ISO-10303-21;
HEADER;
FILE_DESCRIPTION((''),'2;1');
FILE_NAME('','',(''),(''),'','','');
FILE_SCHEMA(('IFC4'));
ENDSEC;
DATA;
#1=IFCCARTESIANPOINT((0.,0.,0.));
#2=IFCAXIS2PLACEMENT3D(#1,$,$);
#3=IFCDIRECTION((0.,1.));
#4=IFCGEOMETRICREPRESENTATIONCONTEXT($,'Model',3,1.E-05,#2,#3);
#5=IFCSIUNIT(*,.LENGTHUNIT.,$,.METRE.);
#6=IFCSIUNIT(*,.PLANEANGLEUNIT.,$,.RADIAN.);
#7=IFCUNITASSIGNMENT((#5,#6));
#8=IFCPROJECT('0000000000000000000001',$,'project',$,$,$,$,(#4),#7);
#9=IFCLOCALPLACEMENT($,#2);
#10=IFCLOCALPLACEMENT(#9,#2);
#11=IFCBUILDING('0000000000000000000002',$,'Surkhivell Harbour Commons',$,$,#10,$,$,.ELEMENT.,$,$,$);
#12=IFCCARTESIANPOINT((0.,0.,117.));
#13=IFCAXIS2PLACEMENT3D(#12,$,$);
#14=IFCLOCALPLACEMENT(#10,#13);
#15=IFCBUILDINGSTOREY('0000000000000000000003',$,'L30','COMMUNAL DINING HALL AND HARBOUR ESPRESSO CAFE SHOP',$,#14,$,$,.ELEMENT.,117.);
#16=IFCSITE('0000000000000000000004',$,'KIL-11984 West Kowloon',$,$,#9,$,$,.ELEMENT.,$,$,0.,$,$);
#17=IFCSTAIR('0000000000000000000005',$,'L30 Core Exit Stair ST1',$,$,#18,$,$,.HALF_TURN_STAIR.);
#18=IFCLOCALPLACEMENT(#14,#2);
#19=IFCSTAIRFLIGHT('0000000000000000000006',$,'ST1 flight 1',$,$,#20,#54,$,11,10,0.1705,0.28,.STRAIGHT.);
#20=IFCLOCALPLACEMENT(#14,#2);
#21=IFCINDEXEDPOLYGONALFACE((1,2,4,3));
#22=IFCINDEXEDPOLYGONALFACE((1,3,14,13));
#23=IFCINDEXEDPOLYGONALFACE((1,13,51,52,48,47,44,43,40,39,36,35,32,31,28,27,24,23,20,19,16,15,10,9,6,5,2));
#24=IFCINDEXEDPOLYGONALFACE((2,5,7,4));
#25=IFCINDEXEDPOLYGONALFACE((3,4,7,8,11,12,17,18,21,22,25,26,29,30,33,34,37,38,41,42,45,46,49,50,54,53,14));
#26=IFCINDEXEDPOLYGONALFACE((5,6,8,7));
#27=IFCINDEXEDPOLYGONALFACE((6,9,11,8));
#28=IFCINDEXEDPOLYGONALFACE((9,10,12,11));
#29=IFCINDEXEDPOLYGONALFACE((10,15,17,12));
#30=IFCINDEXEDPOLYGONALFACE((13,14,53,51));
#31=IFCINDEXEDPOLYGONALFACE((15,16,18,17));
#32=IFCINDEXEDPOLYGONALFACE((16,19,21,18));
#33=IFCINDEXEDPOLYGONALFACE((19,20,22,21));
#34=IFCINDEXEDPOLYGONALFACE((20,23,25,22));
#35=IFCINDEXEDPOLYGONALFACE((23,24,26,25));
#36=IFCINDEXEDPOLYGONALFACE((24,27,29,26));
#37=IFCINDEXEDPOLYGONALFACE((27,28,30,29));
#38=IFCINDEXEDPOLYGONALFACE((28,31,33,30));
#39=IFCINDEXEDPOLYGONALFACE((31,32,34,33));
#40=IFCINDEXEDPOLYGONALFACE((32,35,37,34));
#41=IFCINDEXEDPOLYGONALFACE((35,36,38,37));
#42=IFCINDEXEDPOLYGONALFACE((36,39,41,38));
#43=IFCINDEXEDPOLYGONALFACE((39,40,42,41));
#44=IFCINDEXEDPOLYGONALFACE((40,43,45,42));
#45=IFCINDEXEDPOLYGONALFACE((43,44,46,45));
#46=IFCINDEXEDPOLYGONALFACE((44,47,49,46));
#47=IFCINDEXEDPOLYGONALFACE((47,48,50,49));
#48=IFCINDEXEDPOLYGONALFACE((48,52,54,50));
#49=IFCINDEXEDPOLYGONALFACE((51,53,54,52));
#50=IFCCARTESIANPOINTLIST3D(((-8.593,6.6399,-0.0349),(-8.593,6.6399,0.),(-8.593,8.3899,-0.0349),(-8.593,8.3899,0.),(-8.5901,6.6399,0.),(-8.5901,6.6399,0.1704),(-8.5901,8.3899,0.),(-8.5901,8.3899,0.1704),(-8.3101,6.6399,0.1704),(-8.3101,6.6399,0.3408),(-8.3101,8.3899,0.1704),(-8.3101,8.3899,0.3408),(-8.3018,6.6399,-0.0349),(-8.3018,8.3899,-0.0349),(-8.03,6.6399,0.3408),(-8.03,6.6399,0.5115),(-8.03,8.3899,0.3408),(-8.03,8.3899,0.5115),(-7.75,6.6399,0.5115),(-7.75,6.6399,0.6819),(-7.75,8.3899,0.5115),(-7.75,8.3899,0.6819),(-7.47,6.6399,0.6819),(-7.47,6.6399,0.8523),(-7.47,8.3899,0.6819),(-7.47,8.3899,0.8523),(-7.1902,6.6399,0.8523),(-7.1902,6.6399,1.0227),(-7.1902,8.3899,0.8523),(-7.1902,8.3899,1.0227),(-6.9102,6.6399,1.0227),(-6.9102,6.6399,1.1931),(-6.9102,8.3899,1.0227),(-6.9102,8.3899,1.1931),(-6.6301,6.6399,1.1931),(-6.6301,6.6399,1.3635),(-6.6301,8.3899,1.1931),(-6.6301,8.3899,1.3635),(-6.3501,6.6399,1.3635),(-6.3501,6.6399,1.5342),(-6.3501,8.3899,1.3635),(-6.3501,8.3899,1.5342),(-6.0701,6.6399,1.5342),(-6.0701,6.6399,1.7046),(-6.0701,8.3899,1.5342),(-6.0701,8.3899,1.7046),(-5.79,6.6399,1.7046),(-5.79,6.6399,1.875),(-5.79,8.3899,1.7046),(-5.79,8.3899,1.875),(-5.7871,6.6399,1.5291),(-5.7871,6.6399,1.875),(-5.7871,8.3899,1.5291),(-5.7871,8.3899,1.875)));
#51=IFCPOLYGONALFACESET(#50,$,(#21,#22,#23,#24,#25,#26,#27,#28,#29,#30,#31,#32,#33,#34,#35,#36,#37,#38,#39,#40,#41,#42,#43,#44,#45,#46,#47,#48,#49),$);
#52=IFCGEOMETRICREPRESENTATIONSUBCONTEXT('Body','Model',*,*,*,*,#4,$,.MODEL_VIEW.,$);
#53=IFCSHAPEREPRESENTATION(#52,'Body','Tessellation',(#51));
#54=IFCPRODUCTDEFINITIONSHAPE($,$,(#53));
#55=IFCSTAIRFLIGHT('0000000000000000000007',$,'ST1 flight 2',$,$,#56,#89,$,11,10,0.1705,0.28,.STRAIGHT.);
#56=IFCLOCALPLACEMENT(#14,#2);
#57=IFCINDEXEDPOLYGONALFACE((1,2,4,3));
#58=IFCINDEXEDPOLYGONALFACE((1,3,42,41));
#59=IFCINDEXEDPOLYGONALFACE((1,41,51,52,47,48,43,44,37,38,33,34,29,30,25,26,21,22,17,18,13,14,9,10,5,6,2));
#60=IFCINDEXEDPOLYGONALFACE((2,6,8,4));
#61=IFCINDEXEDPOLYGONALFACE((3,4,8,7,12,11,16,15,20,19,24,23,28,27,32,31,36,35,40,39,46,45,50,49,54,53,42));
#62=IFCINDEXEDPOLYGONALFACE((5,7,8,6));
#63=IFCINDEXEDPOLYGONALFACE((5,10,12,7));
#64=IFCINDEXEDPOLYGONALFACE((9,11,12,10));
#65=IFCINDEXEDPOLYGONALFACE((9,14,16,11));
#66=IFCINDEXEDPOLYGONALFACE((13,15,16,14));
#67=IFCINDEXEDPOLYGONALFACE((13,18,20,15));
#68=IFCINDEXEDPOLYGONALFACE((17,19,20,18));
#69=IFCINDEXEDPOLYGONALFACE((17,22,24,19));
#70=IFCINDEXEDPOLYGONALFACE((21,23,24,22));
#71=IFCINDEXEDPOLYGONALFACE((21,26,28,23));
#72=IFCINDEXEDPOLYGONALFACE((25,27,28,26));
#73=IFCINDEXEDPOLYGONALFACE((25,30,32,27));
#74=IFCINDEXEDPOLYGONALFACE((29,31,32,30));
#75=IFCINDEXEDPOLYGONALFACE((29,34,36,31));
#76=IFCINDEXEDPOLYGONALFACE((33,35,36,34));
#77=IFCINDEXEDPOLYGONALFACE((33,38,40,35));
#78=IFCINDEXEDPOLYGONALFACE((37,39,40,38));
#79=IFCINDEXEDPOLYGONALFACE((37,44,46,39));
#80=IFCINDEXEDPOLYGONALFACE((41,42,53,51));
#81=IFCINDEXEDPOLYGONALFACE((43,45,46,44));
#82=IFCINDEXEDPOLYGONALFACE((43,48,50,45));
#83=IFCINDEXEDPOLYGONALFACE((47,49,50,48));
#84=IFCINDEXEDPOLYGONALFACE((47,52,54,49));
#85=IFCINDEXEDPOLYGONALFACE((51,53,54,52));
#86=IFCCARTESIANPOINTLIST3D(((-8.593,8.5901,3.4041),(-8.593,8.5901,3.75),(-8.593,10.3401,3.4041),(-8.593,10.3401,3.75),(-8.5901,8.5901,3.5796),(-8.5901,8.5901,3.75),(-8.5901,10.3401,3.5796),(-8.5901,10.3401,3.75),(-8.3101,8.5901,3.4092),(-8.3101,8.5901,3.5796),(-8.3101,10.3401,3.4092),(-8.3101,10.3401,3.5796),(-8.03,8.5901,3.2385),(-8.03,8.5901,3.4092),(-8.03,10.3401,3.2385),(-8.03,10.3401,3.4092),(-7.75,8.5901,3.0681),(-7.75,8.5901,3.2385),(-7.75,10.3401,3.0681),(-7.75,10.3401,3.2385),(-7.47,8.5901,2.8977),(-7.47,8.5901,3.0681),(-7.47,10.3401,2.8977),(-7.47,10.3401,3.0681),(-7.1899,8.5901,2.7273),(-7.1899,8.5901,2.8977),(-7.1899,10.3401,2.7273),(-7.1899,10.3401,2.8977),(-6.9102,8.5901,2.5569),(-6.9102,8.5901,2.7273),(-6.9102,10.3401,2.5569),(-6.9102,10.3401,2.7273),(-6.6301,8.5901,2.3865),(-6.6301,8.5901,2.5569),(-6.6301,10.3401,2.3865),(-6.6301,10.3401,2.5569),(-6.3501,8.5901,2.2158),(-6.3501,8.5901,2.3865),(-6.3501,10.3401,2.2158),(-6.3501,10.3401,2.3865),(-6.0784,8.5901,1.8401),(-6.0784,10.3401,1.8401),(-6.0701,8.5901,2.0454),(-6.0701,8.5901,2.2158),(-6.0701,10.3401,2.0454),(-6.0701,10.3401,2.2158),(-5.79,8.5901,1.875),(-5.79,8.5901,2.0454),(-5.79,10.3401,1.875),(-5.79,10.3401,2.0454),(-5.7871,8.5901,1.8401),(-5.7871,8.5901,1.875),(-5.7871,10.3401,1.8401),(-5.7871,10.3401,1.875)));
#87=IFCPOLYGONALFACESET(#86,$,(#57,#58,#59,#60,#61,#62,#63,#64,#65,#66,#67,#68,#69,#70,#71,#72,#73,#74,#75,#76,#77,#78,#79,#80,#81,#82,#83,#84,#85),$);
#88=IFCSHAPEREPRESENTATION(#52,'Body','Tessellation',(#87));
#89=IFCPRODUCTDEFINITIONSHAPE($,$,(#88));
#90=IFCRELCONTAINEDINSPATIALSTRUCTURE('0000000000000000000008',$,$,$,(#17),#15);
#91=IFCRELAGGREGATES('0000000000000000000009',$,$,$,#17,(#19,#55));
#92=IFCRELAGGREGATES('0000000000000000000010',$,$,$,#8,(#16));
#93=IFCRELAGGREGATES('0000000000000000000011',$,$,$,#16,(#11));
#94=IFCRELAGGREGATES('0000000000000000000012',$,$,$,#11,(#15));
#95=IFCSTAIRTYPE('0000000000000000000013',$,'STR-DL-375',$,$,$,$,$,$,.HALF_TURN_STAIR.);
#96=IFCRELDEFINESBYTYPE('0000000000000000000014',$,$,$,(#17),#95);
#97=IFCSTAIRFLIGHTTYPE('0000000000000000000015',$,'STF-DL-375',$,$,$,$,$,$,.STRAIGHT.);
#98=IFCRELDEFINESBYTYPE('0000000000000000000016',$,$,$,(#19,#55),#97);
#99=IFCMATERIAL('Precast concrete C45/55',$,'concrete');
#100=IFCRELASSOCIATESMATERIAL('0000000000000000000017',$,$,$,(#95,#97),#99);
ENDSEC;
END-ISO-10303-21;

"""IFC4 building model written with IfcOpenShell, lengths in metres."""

from ifc_helpers import new_model, si_unit, direction, frame, origin, place, context, subcontext, project, spatial, polyline, outline, extrude, material, type_object, element, aggregate, save


model = new_model("IFC4")

# Units and contexts
model_context = context("Model", 3, precision=1e-05, world=origin(), true_north=direction((0.0, 1.0)))
body_context = subcontext(model_context, "Body", "Model", "MODEL_VIEW")
ifc_project = project(units=[si_unit("LENGTHUNIT", "METRE"), si_unit("PLANEANGLEUNIT", "RADIAN")], contexts=[model_context])

# Site, building, storey
site_placement = place(None, origin())
site = spatial("IfcSite", under=ifc_project, at=site_placement, Name="KIL-11984 West Kowloon", CompositionType="ELEMENT", RefElevation=0.0)
building_placement = place(site_placement, origin())
building = spatial("IfcBuilding", under=site, at=building_placement, Name="Surkhivell Harbour Commons", CompositionType="ELEMENT")
storey_placement = place(building_placement, frame((0.0, 0.0, 117.0)))
storey = spatial("IfcBuildingStorey", under=building, at=storey_placement, Name="L30", Description="COMMUNAL DINING HALL AND HARBOUR ESPRESSO CAFE SHOP", CompositionType="ELEMENT", Elevation=117.0)

# Stair, stair flights
ifc_material_1 = material(Name="Precast concrete C45/55", Category="concrete")
stair_type = type_object("IfcStairType", Name="STR-DL-375", PredefinedType="HALF_TURN_STAIR", material=ifc_material_1)
stair_placement = place(storey_placement, origin())
stair = element("IfcStair", 1, at=stair_placement, inside=storey, type_object=stair_type, Name="L30 Core Exit Stair ST1", PredefinedType="HALF_TURN_STAIR")
stair_flight_type = type_object("IfcStairFlightType", Name="STF-DL-375", PredefinedType="STRAIGHT", material=ifc_material_1)
stair_flight_1_placement = place(storey_placement, frame((-8.5901, 7.5149, 0.0), z_axis=(0.0, 0.0, 1.0), x_axis=(1.0, 0.0, 0.0)))
stair_flight_1 = element("IfcStairFlight", 2, at=stair_flight_1_placement, type_object=stair_flight_type, Name="ST1 flight 1", NumberOfRisers=11, NumberOfTreads=10, PredefinedType="STRAIGHT", RiserHeight=0.1705, TreadLength=0.28, context=body_context, shape_type="SweptSolid", body=[
    extrude(outline(polyline([(-0.0029, -0.0349), (-0.0029, 0.0), (0.0, 0.0), (0.0, 0.1704), (0.28, 0.1704), (0.28, 0.3408), (0.5601, 0.3408), (0.5601, 0.5115), (0.8401, 0.5115), (0.8401, 0.6819), (1.1201, 0.6819), (1.1201, 0.8523), (1.3999, 0.8523), (1.3999, 1.0227), (1.6799, 1.0227), (1.6799, 1.1931), (1.96, 1.1931), (1.96, 1.3635), (2.24, 1.3635), (2.24, 1.5342), (2.52, 1.5342), (2.52, 1.7046), (2.8, 1.7046), (2.8, 1.875), (2.803, 1.875), (2.803, 1.5291), (0.2883, -0.0349), (-0.0029, -0.0349)])), frame((0.0, 0.875, 0.0), z_axis=(0.0, -1.0, 0.0), x_axis=(1.0, 0.0, 0.0)), (0.0, 0.0, 1.0), 1.75),
])
stair_flight_2_placement = place(storey_placement, frame((-5.79, 9.4651, 1.875), z_axis=(0.0, 0.0, 1.0), x_axis=(-1.0, 0.0, 0.0)))
stair_flight_2 = element("IfcStairFlight", 3, at=stair_flight_2_placement, type_object=stair_flight_type, Name="ST1 flight 2", NumberOfRisers=11, NumberOfTreads=10, PredefinedType="STRAIGHT", RiserHeight=0.1705, TreadLength=0.28, context=body_context, shape_type="SweptSolid", body=[
    extrude(outline(polyline([(-0.0029, -0.0349), (-0.0029, 0.0), (0.0, 0.0), (0.0, 0.1704), (0.28, 0.1704), (0.28, 0.3408), (0.5601, 0.3408), (0.5601, 0.5115), (0.8401, 0.5115), (0.8401, 0.6819), (1.1201, 0.6819), (1.1201, 0.8523), (1.3999, 0.8523), (1.3999, 1.0227), (1.6799, 1.0227), (1.6799, 1.1931), (1.96, 1.1931), (1.96, 1.3635), (2.24, 1.3635), (2.24, 1.5342), (2.52, 1.5342), (2.52, 1.7046), (2.8, 1.7046), (2.8, 1.875), (2.803, 1.875), (2.803, 1.5291), (0.2883, -0.0349), (-0.0029, -0.0349)])), frame((0.0, 0.875, 0.0), z_axis=(0.0, -1.0, 0.0), x_axis=(1.0, 0.0, 0.0)), (0.0, 0.0, 1.0), 1.75),
])
aggregate(stair, [stair_flight_1, stair_flight_2])

save(model, "model.ifc")
